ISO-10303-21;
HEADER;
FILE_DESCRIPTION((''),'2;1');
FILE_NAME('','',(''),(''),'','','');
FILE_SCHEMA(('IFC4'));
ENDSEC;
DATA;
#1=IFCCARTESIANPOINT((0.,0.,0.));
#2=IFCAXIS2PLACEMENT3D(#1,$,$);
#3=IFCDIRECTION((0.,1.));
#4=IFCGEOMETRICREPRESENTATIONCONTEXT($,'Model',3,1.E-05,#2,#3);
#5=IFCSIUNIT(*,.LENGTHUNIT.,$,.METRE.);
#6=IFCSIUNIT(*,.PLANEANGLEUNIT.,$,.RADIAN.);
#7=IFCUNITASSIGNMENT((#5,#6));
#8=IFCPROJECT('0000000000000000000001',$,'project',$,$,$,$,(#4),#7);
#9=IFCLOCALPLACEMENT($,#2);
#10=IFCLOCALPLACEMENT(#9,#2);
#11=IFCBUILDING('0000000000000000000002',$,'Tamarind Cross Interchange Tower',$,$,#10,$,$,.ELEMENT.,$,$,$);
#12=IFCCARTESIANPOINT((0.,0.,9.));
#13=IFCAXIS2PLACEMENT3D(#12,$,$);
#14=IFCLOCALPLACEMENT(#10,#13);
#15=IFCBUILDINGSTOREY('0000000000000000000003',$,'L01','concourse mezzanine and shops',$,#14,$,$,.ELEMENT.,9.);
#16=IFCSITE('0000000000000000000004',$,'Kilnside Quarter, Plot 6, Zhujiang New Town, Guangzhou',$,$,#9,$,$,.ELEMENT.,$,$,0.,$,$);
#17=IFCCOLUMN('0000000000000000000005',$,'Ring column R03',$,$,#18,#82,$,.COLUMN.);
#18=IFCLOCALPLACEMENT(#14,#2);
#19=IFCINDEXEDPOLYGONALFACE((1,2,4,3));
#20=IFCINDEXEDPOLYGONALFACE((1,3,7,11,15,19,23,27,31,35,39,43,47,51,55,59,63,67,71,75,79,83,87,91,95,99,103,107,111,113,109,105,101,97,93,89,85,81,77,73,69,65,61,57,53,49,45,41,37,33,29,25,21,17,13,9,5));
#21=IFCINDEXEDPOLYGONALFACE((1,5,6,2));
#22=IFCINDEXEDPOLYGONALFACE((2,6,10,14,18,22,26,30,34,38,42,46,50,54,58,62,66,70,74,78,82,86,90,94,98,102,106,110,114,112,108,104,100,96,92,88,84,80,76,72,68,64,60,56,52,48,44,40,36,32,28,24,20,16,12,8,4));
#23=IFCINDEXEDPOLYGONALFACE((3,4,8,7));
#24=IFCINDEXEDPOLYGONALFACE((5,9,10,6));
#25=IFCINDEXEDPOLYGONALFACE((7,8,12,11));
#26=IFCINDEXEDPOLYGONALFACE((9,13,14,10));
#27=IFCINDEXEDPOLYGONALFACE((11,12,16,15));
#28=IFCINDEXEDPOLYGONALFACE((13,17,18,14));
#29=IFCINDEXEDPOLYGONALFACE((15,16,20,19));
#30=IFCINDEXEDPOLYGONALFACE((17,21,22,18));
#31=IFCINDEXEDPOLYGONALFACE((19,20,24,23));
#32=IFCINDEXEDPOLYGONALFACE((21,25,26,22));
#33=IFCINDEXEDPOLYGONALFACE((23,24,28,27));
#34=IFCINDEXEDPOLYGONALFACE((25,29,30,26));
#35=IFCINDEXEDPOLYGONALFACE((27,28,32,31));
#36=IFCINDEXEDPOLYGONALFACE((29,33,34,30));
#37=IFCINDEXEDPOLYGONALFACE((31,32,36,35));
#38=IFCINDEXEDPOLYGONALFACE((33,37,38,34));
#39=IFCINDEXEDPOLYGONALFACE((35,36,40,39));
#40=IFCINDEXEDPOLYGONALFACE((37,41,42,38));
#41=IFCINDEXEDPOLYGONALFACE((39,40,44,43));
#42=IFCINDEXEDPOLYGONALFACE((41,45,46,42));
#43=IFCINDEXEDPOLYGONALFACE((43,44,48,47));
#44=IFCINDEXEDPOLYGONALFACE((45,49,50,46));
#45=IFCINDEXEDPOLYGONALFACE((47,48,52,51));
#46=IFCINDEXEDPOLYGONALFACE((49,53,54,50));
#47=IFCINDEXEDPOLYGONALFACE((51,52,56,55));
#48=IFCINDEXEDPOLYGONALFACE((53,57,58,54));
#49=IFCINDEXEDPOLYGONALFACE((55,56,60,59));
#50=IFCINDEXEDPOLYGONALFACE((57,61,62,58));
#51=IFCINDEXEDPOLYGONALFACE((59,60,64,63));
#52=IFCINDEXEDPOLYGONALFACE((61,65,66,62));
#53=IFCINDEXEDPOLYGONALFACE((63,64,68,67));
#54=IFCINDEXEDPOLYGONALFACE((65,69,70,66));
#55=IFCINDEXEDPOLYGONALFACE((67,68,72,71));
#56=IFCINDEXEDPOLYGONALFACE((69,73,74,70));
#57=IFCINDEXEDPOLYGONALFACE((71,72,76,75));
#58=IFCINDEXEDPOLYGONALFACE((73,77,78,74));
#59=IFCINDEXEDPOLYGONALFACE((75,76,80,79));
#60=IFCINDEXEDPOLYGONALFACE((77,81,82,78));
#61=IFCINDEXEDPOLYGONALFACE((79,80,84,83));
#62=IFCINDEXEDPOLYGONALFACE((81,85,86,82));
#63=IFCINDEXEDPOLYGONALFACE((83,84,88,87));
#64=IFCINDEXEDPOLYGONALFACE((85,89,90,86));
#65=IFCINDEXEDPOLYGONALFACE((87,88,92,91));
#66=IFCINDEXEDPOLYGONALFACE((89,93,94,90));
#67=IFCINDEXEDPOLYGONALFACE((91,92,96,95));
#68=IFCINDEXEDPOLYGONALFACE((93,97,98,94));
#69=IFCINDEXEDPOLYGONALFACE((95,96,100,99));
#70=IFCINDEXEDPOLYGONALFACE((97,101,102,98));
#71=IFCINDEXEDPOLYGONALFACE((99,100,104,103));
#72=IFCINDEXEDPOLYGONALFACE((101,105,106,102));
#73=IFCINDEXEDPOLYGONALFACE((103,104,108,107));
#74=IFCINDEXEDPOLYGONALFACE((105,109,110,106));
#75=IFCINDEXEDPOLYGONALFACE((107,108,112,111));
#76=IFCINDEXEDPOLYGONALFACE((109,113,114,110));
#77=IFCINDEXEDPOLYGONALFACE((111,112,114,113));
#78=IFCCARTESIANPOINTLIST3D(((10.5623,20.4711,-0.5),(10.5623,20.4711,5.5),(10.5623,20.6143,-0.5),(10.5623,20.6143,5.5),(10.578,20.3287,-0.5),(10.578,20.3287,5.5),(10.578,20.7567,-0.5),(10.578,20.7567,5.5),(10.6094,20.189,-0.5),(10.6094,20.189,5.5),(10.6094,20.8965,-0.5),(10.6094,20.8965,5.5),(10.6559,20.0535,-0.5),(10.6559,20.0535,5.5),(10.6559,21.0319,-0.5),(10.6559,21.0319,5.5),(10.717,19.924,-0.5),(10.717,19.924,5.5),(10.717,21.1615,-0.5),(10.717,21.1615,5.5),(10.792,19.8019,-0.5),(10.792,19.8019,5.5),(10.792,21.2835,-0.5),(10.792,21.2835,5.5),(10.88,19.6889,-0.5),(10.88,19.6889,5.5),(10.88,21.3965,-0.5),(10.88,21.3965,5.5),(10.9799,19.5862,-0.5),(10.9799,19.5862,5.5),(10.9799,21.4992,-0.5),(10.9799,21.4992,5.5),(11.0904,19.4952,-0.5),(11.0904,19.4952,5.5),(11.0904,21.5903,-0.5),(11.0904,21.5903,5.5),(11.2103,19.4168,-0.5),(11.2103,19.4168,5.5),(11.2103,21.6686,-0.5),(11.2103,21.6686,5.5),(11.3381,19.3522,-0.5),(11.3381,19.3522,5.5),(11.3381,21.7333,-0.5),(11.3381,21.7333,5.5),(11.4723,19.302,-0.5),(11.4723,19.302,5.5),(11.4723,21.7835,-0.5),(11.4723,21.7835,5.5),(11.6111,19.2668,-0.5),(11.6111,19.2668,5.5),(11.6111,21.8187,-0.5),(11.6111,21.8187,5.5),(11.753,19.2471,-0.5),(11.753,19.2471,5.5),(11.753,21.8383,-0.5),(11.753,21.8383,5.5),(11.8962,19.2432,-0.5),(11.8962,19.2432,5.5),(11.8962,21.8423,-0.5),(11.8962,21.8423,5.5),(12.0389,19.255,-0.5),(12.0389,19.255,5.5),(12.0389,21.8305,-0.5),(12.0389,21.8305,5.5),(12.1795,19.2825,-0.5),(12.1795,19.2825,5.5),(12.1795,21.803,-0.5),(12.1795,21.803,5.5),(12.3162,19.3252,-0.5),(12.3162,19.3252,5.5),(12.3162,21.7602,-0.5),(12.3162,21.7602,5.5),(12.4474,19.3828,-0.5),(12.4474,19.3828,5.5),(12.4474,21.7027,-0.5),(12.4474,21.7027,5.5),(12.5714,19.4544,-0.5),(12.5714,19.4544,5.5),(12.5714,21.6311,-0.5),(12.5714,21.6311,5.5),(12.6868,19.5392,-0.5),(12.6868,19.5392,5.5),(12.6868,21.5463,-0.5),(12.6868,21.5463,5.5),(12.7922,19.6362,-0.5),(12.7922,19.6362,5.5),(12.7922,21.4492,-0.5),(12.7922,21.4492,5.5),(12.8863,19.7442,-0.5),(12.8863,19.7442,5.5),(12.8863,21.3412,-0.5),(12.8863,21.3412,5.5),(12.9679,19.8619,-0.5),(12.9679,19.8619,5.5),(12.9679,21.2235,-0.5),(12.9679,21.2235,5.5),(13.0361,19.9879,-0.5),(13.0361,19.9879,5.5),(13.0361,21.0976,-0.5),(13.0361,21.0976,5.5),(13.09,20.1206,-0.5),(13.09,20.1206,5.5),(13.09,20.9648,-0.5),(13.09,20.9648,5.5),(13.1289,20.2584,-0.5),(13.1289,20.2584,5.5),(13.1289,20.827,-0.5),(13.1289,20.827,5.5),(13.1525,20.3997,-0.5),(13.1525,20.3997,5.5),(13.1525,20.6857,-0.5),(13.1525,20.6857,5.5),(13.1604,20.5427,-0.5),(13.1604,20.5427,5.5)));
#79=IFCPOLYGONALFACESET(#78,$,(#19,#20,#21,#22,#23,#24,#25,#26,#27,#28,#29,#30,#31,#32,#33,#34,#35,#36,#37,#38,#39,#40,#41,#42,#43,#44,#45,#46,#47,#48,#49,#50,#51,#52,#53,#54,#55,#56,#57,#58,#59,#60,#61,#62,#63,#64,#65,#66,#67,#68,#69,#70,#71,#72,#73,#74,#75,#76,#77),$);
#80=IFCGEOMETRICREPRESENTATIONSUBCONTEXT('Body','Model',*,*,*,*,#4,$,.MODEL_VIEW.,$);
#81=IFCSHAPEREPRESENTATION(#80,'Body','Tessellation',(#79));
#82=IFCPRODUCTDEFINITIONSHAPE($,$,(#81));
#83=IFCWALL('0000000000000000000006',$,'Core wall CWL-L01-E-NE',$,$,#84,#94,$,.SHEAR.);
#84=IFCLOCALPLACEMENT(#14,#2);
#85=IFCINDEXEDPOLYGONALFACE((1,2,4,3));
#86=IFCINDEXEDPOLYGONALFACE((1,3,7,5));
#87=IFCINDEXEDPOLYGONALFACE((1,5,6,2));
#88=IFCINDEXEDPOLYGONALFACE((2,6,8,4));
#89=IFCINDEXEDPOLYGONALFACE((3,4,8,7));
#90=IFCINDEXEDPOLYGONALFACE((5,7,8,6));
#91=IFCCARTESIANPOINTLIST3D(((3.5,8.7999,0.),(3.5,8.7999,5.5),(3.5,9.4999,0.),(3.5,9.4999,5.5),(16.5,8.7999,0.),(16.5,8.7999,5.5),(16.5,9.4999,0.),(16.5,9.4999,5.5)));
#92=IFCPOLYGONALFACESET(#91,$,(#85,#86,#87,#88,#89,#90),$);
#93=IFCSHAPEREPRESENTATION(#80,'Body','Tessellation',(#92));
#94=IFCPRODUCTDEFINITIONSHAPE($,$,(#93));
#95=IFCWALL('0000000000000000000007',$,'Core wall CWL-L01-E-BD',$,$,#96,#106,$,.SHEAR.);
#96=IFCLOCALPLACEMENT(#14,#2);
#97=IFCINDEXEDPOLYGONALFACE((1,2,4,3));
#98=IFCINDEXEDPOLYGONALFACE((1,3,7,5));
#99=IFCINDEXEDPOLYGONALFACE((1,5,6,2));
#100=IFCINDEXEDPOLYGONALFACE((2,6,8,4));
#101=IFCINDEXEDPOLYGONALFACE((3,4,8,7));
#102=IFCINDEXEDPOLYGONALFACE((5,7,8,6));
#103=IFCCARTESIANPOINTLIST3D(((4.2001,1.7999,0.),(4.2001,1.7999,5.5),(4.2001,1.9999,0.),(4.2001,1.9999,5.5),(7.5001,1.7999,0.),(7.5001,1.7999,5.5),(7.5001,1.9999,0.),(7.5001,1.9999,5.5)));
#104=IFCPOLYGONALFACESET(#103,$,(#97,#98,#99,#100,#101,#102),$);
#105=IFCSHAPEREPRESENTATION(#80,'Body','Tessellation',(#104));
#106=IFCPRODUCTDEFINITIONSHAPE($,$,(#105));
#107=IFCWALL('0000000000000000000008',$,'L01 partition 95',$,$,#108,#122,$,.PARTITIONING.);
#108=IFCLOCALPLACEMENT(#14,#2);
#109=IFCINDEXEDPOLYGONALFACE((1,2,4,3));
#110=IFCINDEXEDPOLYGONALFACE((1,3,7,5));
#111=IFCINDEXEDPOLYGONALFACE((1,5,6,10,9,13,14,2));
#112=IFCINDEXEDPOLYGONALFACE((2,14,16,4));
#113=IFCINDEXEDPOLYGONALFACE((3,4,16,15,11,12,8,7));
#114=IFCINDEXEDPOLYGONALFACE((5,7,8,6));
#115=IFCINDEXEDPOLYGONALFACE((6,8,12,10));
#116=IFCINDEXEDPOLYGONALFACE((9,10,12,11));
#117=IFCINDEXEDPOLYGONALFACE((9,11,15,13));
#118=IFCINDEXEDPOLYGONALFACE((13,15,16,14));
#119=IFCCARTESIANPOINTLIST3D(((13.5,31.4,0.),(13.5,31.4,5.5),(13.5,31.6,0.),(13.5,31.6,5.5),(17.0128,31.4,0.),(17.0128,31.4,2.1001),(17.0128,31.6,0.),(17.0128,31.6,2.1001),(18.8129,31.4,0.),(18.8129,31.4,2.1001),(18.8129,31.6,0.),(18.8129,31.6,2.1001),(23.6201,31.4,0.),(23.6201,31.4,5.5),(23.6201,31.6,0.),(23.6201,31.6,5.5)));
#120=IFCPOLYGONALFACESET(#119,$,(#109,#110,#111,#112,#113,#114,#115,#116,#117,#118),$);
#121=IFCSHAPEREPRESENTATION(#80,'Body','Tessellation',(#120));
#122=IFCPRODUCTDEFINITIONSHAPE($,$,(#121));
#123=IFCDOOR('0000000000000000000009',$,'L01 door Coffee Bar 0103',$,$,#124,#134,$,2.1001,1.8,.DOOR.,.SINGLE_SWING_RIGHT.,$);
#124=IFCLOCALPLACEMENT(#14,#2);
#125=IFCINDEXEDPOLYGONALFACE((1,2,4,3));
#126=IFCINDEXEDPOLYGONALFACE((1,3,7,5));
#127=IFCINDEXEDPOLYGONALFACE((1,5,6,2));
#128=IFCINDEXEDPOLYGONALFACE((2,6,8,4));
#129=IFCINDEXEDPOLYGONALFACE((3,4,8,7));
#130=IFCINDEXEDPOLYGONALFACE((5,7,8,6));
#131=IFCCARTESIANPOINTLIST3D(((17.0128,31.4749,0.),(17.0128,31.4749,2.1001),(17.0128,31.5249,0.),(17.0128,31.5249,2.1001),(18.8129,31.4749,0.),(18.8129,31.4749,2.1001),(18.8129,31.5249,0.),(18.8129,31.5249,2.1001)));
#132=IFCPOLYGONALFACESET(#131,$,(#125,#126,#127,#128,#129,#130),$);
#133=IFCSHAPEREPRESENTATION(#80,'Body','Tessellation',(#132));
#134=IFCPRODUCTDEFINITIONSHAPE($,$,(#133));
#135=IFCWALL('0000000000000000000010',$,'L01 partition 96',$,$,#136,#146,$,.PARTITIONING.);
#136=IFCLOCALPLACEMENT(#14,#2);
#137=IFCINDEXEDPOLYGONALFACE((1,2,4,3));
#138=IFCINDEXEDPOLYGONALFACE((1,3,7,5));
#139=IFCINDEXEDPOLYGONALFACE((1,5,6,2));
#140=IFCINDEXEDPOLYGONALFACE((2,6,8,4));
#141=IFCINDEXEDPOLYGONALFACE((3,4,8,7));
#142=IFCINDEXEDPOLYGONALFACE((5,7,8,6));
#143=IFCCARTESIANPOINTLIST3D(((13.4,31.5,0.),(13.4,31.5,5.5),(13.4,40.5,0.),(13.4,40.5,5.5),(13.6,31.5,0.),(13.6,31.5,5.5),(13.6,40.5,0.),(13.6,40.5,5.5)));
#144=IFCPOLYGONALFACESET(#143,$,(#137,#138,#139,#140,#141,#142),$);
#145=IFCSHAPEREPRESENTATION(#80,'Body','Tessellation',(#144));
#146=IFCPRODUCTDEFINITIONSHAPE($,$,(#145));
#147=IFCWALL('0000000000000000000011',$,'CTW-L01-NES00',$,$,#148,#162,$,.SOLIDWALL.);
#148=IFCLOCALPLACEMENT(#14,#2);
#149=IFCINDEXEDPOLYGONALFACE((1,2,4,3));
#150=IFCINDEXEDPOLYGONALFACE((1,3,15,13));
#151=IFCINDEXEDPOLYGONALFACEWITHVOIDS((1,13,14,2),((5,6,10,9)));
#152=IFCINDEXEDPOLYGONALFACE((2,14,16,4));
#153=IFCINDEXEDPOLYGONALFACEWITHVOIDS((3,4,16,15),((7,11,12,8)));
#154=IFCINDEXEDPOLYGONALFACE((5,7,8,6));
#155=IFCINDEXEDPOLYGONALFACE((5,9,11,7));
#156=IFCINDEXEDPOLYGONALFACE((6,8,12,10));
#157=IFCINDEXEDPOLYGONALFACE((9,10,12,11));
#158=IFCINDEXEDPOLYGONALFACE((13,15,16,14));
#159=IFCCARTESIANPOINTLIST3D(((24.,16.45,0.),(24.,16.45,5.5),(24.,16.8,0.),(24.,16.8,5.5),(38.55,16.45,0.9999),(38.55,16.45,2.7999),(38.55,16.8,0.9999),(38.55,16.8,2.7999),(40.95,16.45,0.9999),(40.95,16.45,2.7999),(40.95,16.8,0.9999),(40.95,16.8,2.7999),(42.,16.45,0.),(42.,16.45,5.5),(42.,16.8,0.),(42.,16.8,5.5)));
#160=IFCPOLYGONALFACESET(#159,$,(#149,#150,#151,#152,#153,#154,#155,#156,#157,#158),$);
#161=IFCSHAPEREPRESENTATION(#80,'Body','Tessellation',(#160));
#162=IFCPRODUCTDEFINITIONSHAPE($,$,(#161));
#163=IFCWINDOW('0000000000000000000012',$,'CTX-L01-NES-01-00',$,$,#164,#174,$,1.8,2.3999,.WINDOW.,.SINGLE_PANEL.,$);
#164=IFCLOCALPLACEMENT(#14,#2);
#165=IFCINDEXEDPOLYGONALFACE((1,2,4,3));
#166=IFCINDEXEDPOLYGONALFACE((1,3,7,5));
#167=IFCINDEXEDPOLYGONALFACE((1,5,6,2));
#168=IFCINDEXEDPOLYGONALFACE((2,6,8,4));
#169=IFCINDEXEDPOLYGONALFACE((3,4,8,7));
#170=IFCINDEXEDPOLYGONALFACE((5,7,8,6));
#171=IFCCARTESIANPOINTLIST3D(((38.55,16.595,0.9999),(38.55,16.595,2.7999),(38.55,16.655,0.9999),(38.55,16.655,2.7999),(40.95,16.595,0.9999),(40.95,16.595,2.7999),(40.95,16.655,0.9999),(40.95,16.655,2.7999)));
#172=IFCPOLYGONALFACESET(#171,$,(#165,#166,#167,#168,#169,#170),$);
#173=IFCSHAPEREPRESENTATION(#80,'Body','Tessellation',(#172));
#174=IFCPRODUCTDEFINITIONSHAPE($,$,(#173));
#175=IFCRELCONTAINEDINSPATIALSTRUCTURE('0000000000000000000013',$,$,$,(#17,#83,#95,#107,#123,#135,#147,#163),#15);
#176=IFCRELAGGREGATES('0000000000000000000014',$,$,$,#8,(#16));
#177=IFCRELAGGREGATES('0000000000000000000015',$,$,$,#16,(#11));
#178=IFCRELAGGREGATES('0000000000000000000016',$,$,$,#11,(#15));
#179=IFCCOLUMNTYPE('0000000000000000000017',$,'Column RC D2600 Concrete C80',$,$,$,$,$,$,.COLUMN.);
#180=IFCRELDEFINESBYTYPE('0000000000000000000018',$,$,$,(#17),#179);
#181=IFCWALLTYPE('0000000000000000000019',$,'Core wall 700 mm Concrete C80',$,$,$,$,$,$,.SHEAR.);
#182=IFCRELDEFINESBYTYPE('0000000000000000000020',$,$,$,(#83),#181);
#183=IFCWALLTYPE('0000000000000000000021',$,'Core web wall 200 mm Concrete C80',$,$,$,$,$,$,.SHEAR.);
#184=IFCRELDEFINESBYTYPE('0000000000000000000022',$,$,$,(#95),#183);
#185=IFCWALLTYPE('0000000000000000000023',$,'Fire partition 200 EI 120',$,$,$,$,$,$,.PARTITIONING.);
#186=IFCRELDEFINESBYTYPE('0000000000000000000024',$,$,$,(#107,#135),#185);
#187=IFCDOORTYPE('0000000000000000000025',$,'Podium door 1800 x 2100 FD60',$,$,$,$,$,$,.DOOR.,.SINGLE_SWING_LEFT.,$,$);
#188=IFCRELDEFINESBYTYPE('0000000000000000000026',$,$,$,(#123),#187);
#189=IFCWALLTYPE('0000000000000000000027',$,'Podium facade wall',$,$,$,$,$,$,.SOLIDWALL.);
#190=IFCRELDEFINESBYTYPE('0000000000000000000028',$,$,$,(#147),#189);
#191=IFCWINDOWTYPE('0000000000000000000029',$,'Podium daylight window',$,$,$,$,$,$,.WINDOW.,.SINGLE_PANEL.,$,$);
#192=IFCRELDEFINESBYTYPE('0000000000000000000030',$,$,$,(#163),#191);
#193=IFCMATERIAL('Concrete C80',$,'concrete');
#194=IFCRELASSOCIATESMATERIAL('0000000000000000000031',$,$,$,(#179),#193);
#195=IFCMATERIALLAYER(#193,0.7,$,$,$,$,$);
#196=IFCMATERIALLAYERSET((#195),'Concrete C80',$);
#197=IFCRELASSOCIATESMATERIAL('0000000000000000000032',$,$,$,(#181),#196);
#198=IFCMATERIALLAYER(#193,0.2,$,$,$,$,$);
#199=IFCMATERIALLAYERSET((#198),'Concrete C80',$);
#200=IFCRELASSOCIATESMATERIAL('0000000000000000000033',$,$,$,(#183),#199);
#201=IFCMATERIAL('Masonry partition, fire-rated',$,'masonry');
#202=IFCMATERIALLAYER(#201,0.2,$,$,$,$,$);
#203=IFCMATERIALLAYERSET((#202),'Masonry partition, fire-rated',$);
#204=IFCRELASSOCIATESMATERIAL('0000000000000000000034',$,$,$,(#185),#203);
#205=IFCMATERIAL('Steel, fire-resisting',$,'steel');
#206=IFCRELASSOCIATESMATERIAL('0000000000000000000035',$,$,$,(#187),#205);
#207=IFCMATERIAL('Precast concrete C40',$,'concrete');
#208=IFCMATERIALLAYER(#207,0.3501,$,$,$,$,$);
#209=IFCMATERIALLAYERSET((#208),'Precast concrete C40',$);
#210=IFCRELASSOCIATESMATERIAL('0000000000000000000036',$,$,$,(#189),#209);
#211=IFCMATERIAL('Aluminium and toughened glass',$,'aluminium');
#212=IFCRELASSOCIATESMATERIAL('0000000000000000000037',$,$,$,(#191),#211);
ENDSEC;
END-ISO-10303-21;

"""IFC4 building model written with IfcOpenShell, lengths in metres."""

from ifc_helpers import new_model, si_unit, direction, frame, frame_2d, origin, origin_2d, place, context, subcontext, project, spatial, rectangle, circle, extrude, material, layer, layer_set, material_profile, profile_set, type_object, element, fill, save


model = new_model("IFC4")

# Units and contexts
model_context = context("Model", 3, precision=1e-05, world=origin(), true_north=direction((0.0, 1.0)))
body_context = subcontext(model_context, "Body", "Model", "MODEL_VIEW")
ifc_project = project(units=[si_unit("LENGTHUNIT", "METRE"), si_unit("PLANEANGLEUNIT", "RADIAN")], contexts=[model_context])

# Site, building, storey
site_placement = place(None, origin())
site = spatial("IfcSite", under=ifc_project, at=site_placement, Name="Kilnside Quarter, Plot 6, Zhujiang New Town, Guangzhou", CompositionType="ELEMENT", RefElevation=0.0)
building_placement = place(site_placement, origin())
building = spatial("IfcBuilding", under=site, at=building_placement, Name="Tamarind Cross Interchange Tower", CompositionType="ELEMENT")
storey_placement = place(building_placement, frame((0.0, 0.0, 9.0)))
storey = spatial("IfcBuildingStorey", under=building, at=storey_placement, Name="L01", Description="concourse mezzanine and shops", CompositionType="ELEMENT", Elevation=9.0)

# Column
ifc_material_1 = material(Name="Concrete C80", Category="concrete")
ifc_material_profile_1 = material_profile(ifc_material_1, circle(Radius=1.3, at=origin_2d()), Name="RC D2600")
ifc_profile_set_1 = profile_set([ifc_material_profile_1], Name="Concrete C80")
column_type_1 = type_object("IfcColumnType", Name="Column RC D2600 Concrete C80", PredefinedType="COLUMN", material=ifc_profile_set_1)
for number, where, z_axis, x_axis, name in (
    (1, (11.8604, 20.5427, -0.5), (0.0, 0.0, 1.0), (1.0, 0.0, 0.0), "Ring column R03"),
):
    element("IfcColumn", number, at=place(storey_placement, frame(where, z_axis=z_axis, x_axis=x_axis)), inside=storey, type_object=column_type_1, Name=name, PredefinedType="COLUMN", context=body_context, shape_type="SweptSolid", body=[
        extrude(circle(Radius=1.3, at=origin_2d()), origin(), (0.0, 0.0, 1.0), 6.0),
    ])

# Walls
ifc_layer_1 = layer(ifc_material_1, 0.7)
ifc_layer_set_1 = layer_set([ifc_layer_1], Name="Concrete C80")
wall_type_1 = type_object("IfcWallType", Name="Core wall 700 mm Concrete C80", PredefinedType="SHEAR", material=ifc_layer_set_1)
wall_1_placement = place(storey_placement, frame((16.5, 9.1499, 0.0), z_axis=(0.0, 0.0, 1.0), x_axis=(-1.0, 0.0, 0.0)))
element("IfcWall", 2, at=wall_1_placement, inside=storey, type_object=wall_type_1, Name="Core wall CWL-L01-E-NE", PredefinedType="SHEAR", context=body_context, shape_type="SweptSolid", body=[
    extrude(rectangle(XDim=13.0, YDim=0.7, at=frame_2d((6.5, 0.0))), origin(), (0.0, 0.0, 1.0), 5.5),
])
ifc_layer_2 = layer(ifc_material_1, 0.2)
ifc_layer_set_2 = layer_set([ifc_layer_2], Name="Concrete C80")
wall_type_2 = type_object("IfcWallType", Name="Core web wall 200 mm Concrete C80", PredefinedType="SHEAR", material=ifc_layer_set_2)
wall_2_placement = place(storey_placement, frame((7.5, 1.8999, 0.0), z_axis=(0.0, 0.0, 1.0), x_axis=(-1.0, 0.0, 0.0)))
element("IfcWall", 3, at=wall_2_placement, inside=storey, type_object=wall_type_2, Name="Core wall CWL-L01-E-BD", PredefinedType="SHEAR", context=body_context, shape_type="SweptSolid", body=[
    extrude(rectangle(XDim=3.3, YDim=0.2, at=frame_2d((1.6499, 0.0))), origin(), (0.0, 0.0, 1.0), 5.5),
])

# Wall, opening, door
ifc_material_2 = material(Name="Masonry partition, fire-rated", Category="masonry")
ifc_layer_3 = layer(ifc_material_2, 0.2)
ifc_layer_set_3 = layer_set([ifc_layer_3], Name="Masonry partition, fire-rated")
wall_type_3 = type_object("IfcWallType", Name="Fire partition 200 EI 120", PredefinedType="PARTITIONING", material=ifc_layer_set_3)
wall_3_placement = place(storey_placement, frame((13.5, 31.5, 0.0), z_axis=(0.0, 0.0, 1.0), x_axis=(1.0, 0.0, 0.0)))
wall_3 = element("IfcWall", 4, at=wall_3_placement, inside=storey, type_object=wall_type_3, Name="L01 partition 95", PredefinedType="PARTITIONING", context=body_context, shape_type="SweptSolid", body=[
    extrude(rectangle(XDim=10.1201, YDim=0.2, at=frame_2d((5.0601, 0.0))), origin(), (0.0, 0.0, 1.0), 5.5),
])
opening_1_placement = place(wall_3_placement, frame((3.5129, 0.0, 0.0)))
opening_1 = element("IfcOpeningElement", 5, at=opening_1_placement, cuts=wall_3, PredefinedType="OPENING", context=body_context, shape_type="SweptSolid", body=[
    extrude(rectangle(XDim=1.8, YDim=2.1001, at=frame_2d((0.8999, 1.05))), frame((0.0, 0.1099, 0.0), z_axis=(0.0, -1.0, 0.0), x_axis=(1.0, 0.0, 0.0)), (0.0, 0.0, 1.0), 0.22),
])
ifc_material_3 = material(Name="Steel, fire-resisting", Category="steel")
door_type = type_object("IfcDoorType", Name="Podium door 1800 x 2100 FD60", OperationType="SINGLE_SWING_LEFT", PredefinedType="DOOR", material=ifc_material_3)
door_placement = place(opening_1_placement, origin())
door = element("IfcDoor", 6, at=door_placement, inside=storey, type_object=door_type, Name="L01 door Coffee Bar 0103", OperationType="SINGLE_SWING_RIGHT", OverallHeight=2.1001, OverallWidth=1.8, PredefinedType="DOOR", context=body_context, shape_type="SweptSolid", body=[
    extrude(rectangle(XDim=1.8, YDim=2.1001, at=frame_2d((0.8999, 1.05))), frame((0.0, 0.0249, 0.0), z_axis=(0.0, -1.0, 0.0), x_axis=(1.0, 0.0, 0.0)), (0.0, 0.0, 1.0), 0.05),
])
fill(opening_1, door)

# Wall
wall_4_placement = place(storey_placement, frame((13.5, 31.5, 0.0), z_axis=(0.0, 0.0, 1.0), x_axis=(0.0, 1.0, 0.0)))
element("IfcWall", 7, at=wall_4_placement, inside=storey, type_object=wall_type_3, Name="L01 partition 96", PredefinedType="PARTITIONING", context=body_context, shape_type="SweptSolid", body=[
    extrude(rectangle(XDim=9.0, YDim=0.2, at=frame_2d((4.5, 0.0))), origin(), (0.0, 0.0, 1.0), 5.5),
])

# Wall, opening, window
ifc_material_4 = material(Name="Precast concrete C40", Category="concrete")
ifc_layer_4 = layer(ifc_material_4, 0.3501)
ifc_layer_set_4 = layer_set([ifc_layer_4], Name="Precast concrete C40")
wall_type_4 = type_object("IfcWallType", Name="Podium facade wall", PredefinedType="SOLIDWALL", material=ifc_layer_set_4)
wall_5_placement = place(storey_placement, frame((24.0, 16.625, 0.0), z_axis=(0.0, 0.0, 1.0), x_axis=(1.0, 0.0, 0.0)))
wall_5 = element("IfcWall", 8, at=wall_5_placement, inside=storey, type_object=wall_type_4, Name="CTW-L01-NES00", PredefinedType="SOLIDWALL", context=body_context, shape_type="SweptSolid", body=[
    extrude(rectangle(XDim=18.0, YDim=0.3501, at=frame_2d((9.0, 0.0))), origin(), (0.0, 0.0, 1.0), 5.5),
])
opening_2_placement = place(wall_5_placement, frame((14.55, 0.0, 1.0)))
opening_2 = element("IfcOpeningElement", 9, at=opening_2_placement, cuts=wall_5, PredefinedType="OPENING", context=body_context, shape_type="SweptSolid", body=[
    extrude(rectangle(XDim=2.3999, YDim=1.8, at=frame_2d((1.2, 0.8999))), frame((0.0, 0.1851, 0.0), z_axis=(0.0, -1.0, 0.0), x_axis=(1.0, 0.0, 0.0)), (0.0, 0.0, 1.0), 0.3701),
])
ifc_material_5 = material(Name="Aluminium and toughened glass", Category="aluminium")
window_type = type_object("IfcWindowType", Name="Podium daylight window", PartitioningType="SINGLE_PANEL", PredefinedType="WINDOW", material=ifc_material_5)
window_1_placement = place(opening_2_placement, origin())
window_1 = element("IfcWindow", 10, at=window_1_placement, inside=storey, type_object=window_type, Name="CTX-L01-NES-01-00", OverallHeight=1.8, OverallWidth=2.3999, PartitioningType="SINGLE_PANEL", PredefinedType="WINDOW", context=body_context, shape_type="SweptSolid", body=[
    extrude(rectangle(XDim=2.3999, YDim=1.8, at=frame_2d((1.2, 0.8999))), frame((0.0, 0.03, 0.0), z_axis=(0.0, -1.0, 0.0), x_axis=(1.0, 0.0, 0.0)), (0.0, 0.0, 1.0), 0.0601),
])
fill(opening_2, window_1)

save(model, "model.ifc")
